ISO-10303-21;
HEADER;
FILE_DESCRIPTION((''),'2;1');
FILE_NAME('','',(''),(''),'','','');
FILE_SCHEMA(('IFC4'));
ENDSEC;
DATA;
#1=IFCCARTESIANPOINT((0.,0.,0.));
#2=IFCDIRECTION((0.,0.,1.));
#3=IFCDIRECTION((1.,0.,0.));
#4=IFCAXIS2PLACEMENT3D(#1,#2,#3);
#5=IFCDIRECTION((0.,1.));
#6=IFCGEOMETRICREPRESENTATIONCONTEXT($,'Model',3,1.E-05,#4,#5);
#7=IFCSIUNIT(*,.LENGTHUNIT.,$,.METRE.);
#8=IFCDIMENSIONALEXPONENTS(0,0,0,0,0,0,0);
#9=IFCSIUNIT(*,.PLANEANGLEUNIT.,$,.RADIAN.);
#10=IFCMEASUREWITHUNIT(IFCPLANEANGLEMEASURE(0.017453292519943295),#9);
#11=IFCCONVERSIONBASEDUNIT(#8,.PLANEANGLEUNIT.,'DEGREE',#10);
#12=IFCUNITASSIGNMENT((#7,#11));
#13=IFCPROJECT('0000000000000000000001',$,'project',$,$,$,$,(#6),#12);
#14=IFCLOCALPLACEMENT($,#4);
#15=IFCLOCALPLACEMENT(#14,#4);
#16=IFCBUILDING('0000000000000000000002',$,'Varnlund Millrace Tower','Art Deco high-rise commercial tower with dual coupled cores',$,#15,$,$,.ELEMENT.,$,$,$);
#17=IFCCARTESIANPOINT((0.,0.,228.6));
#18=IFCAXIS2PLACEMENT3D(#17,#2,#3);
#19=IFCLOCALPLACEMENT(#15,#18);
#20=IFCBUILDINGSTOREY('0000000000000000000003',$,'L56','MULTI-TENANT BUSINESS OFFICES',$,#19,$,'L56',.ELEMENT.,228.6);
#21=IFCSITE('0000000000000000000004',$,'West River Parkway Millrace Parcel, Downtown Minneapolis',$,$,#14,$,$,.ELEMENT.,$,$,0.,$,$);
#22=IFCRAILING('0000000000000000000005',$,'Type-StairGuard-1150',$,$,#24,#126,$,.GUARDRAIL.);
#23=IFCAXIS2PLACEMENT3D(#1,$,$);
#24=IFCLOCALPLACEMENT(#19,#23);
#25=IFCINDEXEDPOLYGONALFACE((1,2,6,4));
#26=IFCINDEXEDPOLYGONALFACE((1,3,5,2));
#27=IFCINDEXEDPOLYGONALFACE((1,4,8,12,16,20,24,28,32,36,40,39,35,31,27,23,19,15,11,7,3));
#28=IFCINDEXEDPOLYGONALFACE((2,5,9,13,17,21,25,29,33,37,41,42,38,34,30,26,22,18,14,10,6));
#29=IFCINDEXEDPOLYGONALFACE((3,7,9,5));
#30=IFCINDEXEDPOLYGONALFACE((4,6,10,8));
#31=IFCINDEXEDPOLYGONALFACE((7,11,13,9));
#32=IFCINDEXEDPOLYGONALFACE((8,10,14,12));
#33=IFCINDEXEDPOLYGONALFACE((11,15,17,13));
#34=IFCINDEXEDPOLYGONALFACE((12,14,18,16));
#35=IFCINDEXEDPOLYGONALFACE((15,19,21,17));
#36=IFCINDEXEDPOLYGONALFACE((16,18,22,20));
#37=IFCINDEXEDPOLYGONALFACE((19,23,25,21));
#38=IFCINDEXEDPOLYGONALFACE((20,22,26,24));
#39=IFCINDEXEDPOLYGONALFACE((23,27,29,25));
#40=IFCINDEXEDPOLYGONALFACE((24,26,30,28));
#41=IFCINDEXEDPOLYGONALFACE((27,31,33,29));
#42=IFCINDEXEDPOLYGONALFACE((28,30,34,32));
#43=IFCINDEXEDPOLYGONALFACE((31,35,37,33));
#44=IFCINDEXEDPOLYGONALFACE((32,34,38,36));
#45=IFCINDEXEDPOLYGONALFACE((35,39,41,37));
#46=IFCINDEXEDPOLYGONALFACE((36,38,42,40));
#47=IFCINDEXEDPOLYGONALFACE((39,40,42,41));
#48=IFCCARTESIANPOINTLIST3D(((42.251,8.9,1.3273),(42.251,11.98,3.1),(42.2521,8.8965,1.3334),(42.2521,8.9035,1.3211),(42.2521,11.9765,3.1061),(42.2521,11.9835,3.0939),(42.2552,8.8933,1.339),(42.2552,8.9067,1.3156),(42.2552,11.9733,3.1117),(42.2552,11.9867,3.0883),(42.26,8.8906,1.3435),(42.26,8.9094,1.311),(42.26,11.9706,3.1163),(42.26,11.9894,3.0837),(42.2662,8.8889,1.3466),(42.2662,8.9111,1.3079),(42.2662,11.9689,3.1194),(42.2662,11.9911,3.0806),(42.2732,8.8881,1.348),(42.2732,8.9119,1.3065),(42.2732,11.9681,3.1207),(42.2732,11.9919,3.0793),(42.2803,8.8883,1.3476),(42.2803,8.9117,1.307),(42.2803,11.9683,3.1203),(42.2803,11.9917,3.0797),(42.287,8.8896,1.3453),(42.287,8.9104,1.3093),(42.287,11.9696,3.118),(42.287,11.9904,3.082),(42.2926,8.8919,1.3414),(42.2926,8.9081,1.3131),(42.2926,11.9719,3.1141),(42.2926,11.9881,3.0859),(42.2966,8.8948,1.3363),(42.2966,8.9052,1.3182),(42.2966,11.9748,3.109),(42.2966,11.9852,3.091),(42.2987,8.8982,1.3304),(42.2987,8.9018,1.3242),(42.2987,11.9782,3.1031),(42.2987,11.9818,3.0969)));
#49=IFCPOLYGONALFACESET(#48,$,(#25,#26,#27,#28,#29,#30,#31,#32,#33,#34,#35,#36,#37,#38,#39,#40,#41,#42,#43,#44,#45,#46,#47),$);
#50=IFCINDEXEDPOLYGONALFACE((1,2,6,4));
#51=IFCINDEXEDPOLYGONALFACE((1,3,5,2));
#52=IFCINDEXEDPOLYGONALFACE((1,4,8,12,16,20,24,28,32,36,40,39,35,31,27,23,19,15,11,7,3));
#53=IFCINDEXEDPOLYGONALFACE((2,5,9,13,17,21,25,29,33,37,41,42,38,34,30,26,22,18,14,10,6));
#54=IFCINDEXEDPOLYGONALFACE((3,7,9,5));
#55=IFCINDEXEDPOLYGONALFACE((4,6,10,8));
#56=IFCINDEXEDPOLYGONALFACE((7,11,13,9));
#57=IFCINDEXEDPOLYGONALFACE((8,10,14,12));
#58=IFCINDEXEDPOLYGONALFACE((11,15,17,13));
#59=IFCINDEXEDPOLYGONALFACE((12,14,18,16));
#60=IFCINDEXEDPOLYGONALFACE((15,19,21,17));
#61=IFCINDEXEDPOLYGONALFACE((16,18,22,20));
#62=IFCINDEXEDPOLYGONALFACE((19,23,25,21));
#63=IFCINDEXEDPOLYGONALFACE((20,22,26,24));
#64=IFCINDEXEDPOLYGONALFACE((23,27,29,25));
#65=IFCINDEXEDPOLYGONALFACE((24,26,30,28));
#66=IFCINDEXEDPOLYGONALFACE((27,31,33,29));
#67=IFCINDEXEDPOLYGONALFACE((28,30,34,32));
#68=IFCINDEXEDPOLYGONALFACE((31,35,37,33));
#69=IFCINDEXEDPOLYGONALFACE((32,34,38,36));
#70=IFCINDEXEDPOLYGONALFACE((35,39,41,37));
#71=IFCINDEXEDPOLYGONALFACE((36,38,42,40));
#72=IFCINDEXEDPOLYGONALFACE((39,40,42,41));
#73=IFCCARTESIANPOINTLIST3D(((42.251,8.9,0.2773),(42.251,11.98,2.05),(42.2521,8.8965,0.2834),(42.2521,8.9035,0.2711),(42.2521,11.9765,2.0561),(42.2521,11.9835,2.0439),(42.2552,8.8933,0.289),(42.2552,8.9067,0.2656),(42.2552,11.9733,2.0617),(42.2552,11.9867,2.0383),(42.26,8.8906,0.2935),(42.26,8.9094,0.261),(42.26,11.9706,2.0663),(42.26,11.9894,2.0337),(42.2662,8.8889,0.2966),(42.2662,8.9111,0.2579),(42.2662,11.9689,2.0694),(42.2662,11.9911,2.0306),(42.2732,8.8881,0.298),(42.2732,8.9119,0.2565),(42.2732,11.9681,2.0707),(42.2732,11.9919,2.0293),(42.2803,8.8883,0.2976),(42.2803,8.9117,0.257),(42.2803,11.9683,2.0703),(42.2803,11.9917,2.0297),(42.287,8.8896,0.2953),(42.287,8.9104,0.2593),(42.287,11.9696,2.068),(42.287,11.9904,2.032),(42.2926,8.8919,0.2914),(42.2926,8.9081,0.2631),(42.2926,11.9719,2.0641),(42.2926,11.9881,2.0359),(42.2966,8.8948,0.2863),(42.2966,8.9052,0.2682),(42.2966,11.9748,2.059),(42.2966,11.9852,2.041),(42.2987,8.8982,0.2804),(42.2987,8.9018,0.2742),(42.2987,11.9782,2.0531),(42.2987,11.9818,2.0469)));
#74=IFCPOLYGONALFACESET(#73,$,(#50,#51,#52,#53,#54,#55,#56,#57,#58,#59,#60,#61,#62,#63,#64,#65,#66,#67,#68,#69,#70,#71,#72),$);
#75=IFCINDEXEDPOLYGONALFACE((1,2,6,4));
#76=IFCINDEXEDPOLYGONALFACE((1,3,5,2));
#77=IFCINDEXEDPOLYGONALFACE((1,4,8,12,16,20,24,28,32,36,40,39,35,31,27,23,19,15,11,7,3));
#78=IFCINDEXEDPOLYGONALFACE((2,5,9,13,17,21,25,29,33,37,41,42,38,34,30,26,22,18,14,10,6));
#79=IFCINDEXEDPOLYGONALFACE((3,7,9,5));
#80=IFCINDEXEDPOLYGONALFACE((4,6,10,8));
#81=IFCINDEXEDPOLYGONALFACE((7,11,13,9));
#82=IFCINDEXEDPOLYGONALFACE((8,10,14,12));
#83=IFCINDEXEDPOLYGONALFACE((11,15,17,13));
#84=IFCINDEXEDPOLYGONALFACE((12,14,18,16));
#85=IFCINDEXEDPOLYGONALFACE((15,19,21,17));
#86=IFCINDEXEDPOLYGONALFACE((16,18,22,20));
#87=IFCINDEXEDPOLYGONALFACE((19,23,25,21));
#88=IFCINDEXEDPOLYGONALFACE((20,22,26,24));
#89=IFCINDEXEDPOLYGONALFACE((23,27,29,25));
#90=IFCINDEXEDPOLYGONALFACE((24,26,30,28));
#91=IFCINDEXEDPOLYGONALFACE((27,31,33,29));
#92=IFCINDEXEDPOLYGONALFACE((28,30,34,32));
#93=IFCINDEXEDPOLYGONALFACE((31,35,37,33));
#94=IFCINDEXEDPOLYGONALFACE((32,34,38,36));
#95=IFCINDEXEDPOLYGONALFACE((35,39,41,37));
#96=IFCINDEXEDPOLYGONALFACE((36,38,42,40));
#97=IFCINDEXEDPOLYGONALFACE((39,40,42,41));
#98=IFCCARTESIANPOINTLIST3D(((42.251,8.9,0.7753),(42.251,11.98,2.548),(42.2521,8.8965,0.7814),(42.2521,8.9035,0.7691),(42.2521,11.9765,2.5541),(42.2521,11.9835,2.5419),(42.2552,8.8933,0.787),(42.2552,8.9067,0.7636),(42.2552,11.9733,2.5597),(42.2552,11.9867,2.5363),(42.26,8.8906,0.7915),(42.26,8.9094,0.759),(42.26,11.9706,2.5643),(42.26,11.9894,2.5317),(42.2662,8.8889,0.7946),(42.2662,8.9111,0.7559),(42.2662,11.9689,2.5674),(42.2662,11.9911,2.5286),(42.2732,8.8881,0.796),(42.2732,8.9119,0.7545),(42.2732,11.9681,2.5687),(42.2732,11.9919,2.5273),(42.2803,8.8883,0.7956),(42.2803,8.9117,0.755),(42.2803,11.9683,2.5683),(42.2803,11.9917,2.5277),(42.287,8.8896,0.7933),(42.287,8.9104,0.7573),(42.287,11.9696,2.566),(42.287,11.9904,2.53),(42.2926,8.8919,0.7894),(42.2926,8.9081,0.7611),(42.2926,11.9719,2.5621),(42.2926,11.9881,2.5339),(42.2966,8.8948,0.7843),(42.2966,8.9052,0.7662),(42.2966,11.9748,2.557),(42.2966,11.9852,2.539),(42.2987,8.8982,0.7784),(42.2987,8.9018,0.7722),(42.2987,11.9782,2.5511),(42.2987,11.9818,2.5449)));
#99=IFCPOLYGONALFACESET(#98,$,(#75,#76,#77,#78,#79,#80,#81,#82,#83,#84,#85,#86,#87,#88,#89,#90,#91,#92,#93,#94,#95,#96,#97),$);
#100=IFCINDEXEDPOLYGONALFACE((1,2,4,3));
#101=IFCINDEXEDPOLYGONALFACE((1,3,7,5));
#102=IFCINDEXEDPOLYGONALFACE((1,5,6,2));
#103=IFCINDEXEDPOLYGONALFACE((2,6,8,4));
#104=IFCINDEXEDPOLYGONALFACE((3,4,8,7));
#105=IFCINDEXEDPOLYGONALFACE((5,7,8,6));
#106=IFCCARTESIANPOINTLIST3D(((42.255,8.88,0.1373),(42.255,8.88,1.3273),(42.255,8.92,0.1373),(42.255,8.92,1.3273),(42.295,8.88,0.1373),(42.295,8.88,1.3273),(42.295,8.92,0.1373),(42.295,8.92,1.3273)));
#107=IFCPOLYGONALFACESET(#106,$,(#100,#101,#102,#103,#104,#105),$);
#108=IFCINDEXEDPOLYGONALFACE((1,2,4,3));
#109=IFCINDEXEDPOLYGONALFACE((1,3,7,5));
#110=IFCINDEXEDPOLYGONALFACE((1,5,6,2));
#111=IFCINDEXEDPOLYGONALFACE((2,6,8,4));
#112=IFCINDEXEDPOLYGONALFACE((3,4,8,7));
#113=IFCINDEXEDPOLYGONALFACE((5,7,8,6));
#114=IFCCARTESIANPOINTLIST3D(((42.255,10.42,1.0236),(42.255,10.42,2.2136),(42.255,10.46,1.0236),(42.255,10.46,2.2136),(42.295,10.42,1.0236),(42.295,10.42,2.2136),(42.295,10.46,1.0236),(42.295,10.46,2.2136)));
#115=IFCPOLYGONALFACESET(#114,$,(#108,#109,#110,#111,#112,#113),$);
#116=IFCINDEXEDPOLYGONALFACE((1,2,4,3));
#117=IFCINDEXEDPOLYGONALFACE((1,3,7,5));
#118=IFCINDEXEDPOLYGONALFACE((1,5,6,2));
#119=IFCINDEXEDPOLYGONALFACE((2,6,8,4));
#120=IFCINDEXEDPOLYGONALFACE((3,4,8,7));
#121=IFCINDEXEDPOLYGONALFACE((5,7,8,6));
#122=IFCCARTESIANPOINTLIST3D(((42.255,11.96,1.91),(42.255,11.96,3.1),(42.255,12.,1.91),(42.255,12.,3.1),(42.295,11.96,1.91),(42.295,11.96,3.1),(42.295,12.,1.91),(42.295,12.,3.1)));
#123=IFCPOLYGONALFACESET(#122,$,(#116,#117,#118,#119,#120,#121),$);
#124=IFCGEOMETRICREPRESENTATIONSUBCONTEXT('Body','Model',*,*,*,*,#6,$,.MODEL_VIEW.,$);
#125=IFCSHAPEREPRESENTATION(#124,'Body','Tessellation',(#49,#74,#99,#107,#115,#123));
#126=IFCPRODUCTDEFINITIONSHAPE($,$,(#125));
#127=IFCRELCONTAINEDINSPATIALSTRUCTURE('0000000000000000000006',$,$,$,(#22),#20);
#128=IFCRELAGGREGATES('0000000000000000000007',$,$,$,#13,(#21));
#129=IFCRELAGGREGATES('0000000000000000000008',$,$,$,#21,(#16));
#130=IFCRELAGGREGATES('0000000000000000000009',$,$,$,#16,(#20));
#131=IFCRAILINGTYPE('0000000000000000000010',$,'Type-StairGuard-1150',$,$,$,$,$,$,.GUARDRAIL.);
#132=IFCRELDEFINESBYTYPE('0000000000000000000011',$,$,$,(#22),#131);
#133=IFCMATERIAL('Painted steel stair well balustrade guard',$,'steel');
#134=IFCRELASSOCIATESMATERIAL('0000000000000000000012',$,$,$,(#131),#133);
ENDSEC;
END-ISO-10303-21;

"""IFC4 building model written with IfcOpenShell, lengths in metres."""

from ifc_helpers import new_model, entity, si_unit, converted_unit, direction, frame, origin_with_axes, origin_2d_with_axis, place, context, subcontext, project, spatial, rectangle, circle, extrude, material, type_object, element, save


model = new_model("IFC4")

# Units and contexts
model_context = context("Model", 3, precision=1e-05, world=origin_with_axes(), true_north=direction((0.0, 1.0)))
body_context = subcontext(model_context, "Body", "Model", "MODEL_VIEW")
ifc_project = project(units=[si_unit("LENGTHUNIT", "METRE"), converted_unit("PLANEANGLEUNIT", "DEGREE", entity("IfcPlaneAngleMeasure", 0.017453292519943295), si_unit("PLANEANGLEUNIT", "RADIAN"), dimensions=[0, 0, 0, 0, 0, 0, 0])], contexts=[model_context])

# Site, building, storey
site_placement = place(None, origin_with_axes())
site = spatial("IfcSite", under=ifc_project, at=site_placement, Name="West River Parkway Millrace Parcel, Downtown Minneapolis", CompositionType="ELEMENT", RefElevation=0.0)
building_placement = place(site_placement, origin_with_axes())
building = spatial("IfcBuilding", under=site, at=building_placement, Name="Varnlund Millrace Tower", Description="Art Deco high-rise commercial tower with dual coupled cores", CompositionType="ELEMENT")
storey_placement = place(building_placement, frame((0.0, 0.0, 228.6), z_axis=(0.0, 0.0, 1.0), x_axis=(1.0, 0.0, 0.0)))
storey = spatial("IfcBuildingStorey", under=building, at=storey_placement, Name="L56", Description="MULTI-TENANT BUSINESS OFFICES", LongName="L56", CompositionType="ELEMENT", Elevation=228.6)

# Railing
ifc_material_1 = material(Name="Painted steel stair well balustrade guard", Category="steel")
railing_type_1 = type_object("IfcRailingType", Name="Type-StairGuard-1150", PredefinedType="GUARDRAIL", material=ifc_material_1)
railing_1_placement = place(storey_placement, frame((0.0, 0.0, -228.6), z_axis=(0.0, 0.0, 1.0), x_axis=(1.0, 0.0, 0.0)))
element("IfcRailing", 1, at=railing_1_placement, inside=storey, type_object=railing_type_1, Name="Type-StairGuard-1150", PredefinedType="GUARDRAIL", context=body_context, shape_type="SweptSolid", body=[
    extrude(circle(Radius=0.024, at=origin_2d_with_axis()), frame((42.275, 8.9, 229.9273), z_axis=(0.0, 0.866696, 0.498836), x_axis=(-1.0, 0.0, 0.0)), (0.0, 0.0, 1.0), 3.5537),
    extrude(circle(Radius=0.024, at=origin_2d_with_axis()), frame((42.275, 8.9, 228.8773), z_axis=(0.0, 0.866696, 0.498836), x_axis=(-1.0, 0.0, 0.0)), (0.0, 0.0, 1.0), 3.5537),
    extrude(circle(Radius=0.024, at=origin_2d_with_axis()), frame((42.275, 8.9, 229.3753), z_axis=(0.0, 0.866696, 0.498836), x_axis=(-1.0, 0.0, 0.0)), (0.0, 0.0, 1.0), 3.5537),
    extrude(rectangle(XDim=0.04, YDim=0.04, at=origin_2d_with_axis()), frame((42.275, 8.9, 228.7373), z_axis=(0.0, 0.0, 1.0), x_axis=(1.0, 0.0, 0.0)), (0.0, 0.0, 1.0), 1.19),
    extrude(rectangle(XDim=0.04, YDim=0.04, at=origin_2d_with_axis()), frame((42.275, 10.44, 229.6236), z_axis=(0.0, 0.0, 1.0), x_axis=(1.0, 0.0, 0.0)), (0.0, 0.0, 1.0), 1.19),
    extrude(rectangle(XDim=0.04, YDim=0.04, at=origin_2d_with_axis()), frame((42.275, 11.98, 230.51), z_axis=(0.0, 0.0, 1.0), x_axis=(1.0, 0.0, 0.0)), (0.0, 0.0, 1.0), 1.19),
])

save(model, "model.ifc")
